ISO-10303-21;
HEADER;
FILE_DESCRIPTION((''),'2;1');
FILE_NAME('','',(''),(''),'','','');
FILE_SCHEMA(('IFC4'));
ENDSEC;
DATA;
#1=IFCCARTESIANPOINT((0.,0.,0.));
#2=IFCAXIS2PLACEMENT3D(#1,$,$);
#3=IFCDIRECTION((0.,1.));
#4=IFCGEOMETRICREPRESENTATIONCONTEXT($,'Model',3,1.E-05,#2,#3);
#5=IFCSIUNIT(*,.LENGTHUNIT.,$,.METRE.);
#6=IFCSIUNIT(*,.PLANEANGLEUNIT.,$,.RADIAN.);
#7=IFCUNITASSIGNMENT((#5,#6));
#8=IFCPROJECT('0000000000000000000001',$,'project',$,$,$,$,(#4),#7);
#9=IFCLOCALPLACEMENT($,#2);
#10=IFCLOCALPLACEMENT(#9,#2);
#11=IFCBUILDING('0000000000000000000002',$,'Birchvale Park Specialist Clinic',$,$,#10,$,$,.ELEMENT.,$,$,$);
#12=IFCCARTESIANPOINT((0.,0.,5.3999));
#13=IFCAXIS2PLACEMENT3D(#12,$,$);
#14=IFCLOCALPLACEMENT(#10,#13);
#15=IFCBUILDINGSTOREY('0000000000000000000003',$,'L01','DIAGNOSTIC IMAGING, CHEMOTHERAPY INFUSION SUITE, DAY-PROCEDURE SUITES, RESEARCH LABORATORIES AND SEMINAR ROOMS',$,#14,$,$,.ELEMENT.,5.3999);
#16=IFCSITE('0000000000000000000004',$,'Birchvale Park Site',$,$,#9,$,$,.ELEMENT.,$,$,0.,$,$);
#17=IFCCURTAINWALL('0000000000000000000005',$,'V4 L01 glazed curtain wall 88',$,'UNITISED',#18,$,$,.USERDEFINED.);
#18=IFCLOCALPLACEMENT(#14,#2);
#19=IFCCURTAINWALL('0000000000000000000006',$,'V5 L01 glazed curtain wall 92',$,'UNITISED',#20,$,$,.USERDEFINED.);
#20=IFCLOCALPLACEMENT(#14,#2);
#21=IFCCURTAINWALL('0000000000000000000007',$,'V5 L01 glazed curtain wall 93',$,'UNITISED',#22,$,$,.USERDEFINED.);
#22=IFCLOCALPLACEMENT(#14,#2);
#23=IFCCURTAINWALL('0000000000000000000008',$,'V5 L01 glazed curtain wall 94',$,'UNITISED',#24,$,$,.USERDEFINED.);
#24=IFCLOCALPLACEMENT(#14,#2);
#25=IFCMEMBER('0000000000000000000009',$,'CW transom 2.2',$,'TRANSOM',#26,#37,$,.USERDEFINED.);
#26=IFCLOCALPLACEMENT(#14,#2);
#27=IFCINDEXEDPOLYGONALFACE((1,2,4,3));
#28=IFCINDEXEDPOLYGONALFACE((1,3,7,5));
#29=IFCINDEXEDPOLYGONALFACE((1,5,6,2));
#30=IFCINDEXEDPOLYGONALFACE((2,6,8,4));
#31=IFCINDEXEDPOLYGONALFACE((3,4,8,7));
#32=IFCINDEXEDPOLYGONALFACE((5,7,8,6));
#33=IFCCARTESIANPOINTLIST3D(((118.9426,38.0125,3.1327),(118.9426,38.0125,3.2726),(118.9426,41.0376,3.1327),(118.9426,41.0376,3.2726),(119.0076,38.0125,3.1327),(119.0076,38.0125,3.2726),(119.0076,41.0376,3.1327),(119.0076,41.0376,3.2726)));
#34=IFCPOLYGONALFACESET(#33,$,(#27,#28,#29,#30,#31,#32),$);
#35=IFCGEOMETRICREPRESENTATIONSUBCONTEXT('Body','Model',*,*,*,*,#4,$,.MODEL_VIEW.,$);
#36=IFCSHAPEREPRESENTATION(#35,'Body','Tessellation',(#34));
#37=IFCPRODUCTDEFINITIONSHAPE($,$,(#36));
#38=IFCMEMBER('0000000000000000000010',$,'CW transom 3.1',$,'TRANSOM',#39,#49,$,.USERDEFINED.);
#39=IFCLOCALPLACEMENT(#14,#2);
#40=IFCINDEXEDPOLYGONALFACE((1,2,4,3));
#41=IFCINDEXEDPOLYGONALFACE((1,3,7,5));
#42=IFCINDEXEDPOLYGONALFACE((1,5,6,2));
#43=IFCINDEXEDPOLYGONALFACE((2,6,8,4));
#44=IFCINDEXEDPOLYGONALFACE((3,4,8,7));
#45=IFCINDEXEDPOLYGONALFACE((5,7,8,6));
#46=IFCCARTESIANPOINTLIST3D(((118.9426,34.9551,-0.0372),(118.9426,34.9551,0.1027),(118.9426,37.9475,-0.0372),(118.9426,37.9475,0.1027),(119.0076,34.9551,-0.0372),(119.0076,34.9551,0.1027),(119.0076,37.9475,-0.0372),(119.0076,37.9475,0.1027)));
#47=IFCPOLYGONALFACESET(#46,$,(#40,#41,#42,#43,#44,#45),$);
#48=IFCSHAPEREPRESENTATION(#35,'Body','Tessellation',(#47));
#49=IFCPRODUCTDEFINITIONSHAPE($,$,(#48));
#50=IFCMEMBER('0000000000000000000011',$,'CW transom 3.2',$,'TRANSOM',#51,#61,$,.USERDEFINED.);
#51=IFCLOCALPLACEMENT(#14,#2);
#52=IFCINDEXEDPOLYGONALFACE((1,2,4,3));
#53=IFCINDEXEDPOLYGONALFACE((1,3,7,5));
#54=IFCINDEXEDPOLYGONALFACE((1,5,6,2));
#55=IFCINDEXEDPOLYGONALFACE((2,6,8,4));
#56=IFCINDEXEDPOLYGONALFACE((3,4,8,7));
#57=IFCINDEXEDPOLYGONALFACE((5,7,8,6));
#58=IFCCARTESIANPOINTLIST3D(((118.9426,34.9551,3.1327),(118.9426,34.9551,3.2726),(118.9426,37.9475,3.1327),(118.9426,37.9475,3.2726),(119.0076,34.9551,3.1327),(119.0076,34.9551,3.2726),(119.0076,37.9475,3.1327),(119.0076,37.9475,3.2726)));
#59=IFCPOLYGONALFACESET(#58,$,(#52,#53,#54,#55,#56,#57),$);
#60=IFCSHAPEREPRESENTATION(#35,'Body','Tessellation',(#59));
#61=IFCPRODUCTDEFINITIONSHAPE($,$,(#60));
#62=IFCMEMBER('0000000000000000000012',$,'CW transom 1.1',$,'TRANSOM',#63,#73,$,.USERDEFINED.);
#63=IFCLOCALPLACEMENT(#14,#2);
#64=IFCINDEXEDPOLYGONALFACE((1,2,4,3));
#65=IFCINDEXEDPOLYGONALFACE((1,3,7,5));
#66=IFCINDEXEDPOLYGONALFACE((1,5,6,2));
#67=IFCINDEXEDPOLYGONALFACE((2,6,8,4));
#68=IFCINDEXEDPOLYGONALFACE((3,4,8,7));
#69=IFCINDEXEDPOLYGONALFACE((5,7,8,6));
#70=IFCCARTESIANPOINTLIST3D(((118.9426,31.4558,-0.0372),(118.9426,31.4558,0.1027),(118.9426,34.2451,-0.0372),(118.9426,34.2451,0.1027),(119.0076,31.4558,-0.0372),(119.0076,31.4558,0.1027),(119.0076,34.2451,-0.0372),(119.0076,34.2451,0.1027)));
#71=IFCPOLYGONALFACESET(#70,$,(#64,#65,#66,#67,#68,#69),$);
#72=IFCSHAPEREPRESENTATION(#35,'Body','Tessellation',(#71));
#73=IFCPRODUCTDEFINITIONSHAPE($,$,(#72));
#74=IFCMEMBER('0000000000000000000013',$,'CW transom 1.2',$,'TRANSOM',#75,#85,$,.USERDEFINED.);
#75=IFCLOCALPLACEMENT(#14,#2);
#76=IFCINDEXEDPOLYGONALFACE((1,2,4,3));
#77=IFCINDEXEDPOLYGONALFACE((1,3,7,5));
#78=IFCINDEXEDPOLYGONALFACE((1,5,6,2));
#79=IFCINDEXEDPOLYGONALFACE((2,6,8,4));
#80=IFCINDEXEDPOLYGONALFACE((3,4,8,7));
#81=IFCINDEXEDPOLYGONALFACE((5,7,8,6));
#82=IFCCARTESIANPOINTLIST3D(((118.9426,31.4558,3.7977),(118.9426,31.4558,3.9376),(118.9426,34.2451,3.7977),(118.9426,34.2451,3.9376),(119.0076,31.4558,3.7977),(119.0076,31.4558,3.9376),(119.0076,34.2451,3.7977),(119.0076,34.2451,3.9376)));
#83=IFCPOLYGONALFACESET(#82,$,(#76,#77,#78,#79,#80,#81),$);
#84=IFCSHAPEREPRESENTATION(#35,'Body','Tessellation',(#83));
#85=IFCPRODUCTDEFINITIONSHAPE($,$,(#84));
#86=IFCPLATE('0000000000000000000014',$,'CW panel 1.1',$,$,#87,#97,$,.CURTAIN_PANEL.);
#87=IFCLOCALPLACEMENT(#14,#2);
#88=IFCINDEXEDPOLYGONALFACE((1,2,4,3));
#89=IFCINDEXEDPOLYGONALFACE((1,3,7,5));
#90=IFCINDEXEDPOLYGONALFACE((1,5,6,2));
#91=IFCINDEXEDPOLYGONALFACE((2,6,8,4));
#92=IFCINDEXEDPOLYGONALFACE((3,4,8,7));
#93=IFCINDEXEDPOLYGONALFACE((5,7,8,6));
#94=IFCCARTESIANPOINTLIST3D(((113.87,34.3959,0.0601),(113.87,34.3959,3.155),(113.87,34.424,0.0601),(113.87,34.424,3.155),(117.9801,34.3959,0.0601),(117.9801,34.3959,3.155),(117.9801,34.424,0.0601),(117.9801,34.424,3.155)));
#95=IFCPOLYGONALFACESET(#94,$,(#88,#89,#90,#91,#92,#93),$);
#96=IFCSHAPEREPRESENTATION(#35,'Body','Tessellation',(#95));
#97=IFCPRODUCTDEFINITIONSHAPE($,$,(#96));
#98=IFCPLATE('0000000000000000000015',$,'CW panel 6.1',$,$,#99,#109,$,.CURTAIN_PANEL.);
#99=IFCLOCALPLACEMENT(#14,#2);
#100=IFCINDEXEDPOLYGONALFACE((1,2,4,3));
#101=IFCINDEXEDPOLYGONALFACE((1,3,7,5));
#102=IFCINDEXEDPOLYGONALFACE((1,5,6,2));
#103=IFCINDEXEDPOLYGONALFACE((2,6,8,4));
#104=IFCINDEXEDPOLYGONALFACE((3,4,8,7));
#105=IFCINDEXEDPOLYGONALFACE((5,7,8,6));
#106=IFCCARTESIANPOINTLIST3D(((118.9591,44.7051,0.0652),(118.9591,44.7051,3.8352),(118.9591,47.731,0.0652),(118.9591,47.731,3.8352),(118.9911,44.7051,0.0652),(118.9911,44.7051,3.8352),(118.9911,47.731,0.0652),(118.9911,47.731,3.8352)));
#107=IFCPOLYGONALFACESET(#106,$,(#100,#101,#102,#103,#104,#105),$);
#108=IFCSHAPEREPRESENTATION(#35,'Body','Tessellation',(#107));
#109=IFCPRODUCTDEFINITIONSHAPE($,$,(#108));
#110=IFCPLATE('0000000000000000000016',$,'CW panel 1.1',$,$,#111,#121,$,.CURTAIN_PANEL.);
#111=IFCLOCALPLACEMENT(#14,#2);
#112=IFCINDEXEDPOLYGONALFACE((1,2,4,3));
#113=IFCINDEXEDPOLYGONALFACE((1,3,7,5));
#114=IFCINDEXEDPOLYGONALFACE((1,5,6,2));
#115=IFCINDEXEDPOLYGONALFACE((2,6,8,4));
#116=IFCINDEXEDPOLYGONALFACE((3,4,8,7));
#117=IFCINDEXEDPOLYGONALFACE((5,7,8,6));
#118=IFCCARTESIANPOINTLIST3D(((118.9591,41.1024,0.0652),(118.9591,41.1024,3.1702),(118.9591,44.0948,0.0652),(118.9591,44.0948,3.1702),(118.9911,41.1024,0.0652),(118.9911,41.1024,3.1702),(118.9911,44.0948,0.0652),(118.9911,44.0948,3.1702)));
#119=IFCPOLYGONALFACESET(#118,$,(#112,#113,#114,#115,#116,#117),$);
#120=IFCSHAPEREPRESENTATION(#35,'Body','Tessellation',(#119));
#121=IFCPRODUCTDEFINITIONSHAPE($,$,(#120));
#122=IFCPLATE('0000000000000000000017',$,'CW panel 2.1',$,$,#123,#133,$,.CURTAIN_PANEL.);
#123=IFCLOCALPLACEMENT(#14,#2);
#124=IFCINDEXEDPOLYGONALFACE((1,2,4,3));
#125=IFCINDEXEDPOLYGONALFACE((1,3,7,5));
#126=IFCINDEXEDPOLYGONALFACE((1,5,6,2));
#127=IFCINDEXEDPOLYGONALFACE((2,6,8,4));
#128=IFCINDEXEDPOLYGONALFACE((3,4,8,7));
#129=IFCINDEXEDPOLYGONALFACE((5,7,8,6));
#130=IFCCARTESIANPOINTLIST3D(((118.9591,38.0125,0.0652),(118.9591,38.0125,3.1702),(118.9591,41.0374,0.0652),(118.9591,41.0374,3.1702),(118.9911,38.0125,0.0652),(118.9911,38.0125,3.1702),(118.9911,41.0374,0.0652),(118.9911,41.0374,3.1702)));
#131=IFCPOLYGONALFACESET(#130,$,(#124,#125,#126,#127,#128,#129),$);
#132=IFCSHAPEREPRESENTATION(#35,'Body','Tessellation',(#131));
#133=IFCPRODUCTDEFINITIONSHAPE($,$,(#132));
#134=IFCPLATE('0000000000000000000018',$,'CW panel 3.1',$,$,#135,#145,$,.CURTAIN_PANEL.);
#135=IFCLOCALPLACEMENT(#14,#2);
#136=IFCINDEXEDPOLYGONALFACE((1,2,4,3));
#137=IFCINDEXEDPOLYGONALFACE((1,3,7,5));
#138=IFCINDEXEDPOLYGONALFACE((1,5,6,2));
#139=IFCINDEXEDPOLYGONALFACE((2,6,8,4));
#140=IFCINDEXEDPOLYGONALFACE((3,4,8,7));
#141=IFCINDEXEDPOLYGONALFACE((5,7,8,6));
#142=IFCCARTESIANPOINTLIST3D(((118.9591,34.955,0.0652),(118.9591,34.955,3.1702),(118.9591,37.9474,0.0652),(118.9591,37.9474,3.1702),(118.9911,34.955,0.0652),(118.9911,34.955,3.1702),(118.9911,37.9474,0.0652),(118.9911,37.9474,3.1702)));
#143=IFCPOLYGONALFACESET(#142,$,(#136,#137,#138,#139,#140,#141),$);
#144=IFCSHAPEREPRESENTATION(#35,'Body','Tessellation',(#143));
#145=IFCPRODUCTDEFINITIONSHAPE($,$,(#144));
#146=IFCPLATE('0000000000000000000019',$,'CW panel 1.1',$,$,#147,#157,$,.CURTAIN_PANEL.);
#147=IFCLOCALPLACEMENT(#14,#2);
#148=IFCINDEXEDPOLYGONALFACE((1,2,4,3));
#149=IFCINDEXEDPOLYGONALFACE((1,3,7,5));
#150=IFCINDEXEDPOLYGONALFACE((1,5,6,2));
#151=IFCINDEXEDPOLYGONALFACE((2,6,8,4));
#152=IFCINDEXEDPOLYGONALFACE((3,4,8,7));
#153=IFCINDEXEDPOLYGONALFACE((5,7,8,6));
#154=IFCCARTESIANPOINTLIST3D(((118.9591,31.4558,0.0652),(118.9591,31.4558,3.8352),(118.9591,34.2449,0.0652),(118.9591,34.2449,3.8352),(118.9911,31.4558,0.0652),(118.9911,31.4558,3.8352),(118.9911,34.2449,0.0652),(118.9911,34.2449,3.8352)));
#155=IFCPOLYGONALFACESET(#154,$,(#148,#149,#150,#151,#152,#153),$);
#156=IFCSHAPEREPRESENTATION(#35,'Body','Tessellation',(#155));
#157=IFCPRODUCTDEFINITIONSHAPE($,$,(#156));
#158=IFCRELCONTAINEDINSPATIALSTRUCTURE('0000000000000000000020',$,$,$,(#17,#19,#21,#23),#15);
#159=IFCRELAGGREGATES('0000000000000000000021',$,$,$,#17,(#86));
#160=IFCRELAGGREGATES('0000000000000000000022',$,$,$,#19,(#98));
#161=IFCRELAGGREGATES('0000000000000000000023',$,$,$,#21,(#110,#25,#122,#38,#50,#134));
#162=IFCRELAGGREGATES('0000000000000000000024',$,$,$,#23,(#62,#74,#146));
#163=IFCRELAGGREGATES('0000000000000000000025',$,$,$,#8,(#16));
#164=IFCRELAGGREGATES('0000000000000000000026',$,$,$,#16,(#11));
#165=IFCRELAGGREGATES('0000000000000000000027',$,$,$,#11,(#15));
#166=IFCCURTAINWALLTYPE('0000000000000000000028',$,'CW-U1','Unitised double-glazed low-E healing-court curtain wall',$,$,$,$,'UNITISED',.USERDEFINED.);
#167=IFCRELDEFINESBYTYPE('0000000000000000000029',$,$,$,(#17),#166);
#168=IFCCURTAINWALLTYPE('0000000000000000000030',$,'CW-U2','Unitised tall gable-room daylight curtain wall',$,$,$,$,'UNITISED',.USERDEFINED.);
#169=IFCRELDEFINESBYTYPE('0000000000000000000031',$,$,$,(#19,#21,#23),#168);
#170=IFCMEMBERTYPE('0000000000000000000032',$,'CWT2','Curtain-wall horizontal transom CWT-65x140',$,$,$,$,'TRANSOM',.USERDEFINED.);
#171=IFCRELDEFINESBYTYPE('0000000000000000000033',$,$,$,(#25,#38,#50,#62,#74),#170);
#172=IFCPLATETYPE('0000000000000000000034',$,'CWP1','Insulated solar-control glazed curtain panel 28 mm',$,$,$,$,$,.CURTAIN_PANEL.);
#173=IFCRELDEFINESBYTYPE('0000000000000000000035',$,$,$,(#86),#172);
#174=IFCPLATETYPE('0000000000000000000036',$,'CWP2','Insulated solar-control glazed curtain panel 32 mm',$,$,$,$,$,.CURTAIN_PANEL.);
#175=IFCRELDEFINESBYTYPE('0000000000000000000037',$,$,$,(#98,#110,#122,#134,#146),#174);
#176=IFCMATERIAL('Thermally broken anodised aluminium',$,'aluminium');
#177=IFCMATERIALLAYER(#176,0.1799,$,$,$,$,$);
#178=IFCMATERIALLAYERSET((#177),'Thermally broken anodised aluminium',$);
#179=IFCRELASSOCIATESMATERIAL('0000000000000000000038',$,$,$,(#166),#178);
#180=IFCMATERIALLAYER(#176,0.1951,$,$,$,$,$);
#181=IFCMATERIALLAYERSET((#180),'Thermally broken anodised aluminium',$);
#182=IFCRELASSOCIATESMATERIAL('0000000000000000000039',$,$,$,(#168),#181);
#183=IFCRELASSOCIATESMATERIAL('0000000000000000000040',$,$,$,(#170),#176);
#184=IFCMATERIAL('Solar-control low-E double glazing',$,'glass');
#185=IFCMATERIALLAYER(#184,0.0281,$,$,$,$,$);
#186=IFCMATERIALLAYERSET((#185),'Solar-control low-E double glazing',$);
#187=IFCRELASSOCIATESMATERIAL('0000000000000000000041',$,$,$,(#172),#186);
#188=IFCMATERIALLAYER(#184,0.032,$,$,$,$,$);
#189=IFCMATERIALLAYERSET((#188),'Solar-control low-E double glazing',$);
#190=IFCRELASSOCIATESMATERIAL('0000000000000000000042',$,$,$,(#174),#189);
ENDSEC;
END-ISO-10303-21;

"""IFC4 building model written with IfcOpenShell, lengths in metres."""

from ifc_helpers import new_model, si_unit, direction, frame, origin, origin_2d, place, context, subcontext, project, spatial, rectangle, extrude, material, layer, layer_set, material_profile, profile_set, type_object, element, aggregate, save


model = new_model("IFC4")

# Units and contexts
model_context = context("Model", 3, precision=1e-05, world=origin(), true_north=direction((0.0, 1.0)))
body_context = subcontext(model_context, "Body", "Model", "MODEL_VIEW")
ifc_project = project(units=[si_unit("LENGTHUNIT", "METRE"), si_unit("PLANEANGLEUNIT", "RADIAN")], contexts=[model_context])

# Site, building, storey
site_placement = place(None, origin())
site = spatial("IfcSite", under=ifc_project, at=site_placement, Name="Birchvale Park Site", CompositionType="ELEMENT", RefElevation=0.0)
building_placement = place(site_placement, origin())
building = spatial("IfcBuilding", under=site, at=building_placement, Name="Birchvale Park Specialist Clinic", CompositionType="ELEMENT")
storey_placement = place(building_placement, frame((0.0, 0.0, 5.3999)))
storey = spatial("IfcBuildingStorey", under=building, at=storey_placement, Name="L01", Description="DIAGNOSTIC IMAGING, CHEMOTHERAPY INFUSION SUITE, DAY-PROCEDURE SUITES, RESEARCH LABORATORIES AND SEMINAR ROOMS", CompositionType="ELEMENT", Elevation=5.3999)

# Curtain walls
ifc_material_1 = material(Name="Thermally broken anodised aluminium", Category="aluminium")
ifc_layer_1 = layer(ifc_material_1, 0.1799)
ifc_layer_set_1 = layer_set([ifc_layer_1], Name="Thermally broken anodised aluminium")
curtain_wall_type_1 = type_object("IfcCurtainWallType", Name="CW-U1", Description="Unitised double-glazed low-E healing-court curtain wall", ElementType="UNITISED", PredefinedType="USERDEFINED", material=ifc_layer_set_1)
curtain_wall_1_placement = place(storey_placement, origin())
curtain_wall_1 = element("IfcCurtainWall", 1, at=curtain_wall_1_placement, inside=storey, type_object=curtain_wall_type_1, Name="V4 L01 glazed curtain wall 88", ObjectType="UNITISED", PredefinedType="USERDEFINED")
ifc_layer_2 = layer(ifc_material_1, 0.1951)
ifc_layer_set_2 = layer_set([ifc_layer_2], Name="Thermally broken anodised aluminium")
curtain_wall_type_2 = type_object("IfcCurtainWallType", Name="CW-U2", Description="Unitised tall gable-room daylight curtain wall", ElementType="UNITISED", PredefinedType="USERDEFINED", material=ifc_layer_set_2)
curtain_wall_2_placement = place(storey_placement, origin())
curtain_wall_2 = element("IfcCurtainWall", 2, at=curtain_wall_2_placement, inside=storey, type_object=curtain_wall_type_2, Name="V5 L01 glazed curtain wall 92", ObjectType="UNITISED", PredefinedType="USERDEFINED")

# Curtain wall
curtain_wall_3_placement = place(storey_placement, origin())
curtain_wall_3 = element("IfcCurtainWall", 3, at=curtain_wall_3_placement, inside=storey, type_object=curtain_wall_type_2, Name="V5 L01 glazed curtain wall 93", ObjectType="UNITISED", PredefinedType="USERDEFINED")

# Curtain wall
curtain_wall_4_placement = place(storey_placement, origin())
curtain_wall_4 = element("IfcCurtainWall", 4, at=curtain_wall_4_placement, inside=storey, type_object=curtain_wall_type_2, Name="V5 L01 glazed curtain wall 94", ObjectType="UNITISED", PredefinedType="USERDEFINED")

# Members
ifc_material_profile_1 = material_profile(ifc_material_1, rectangle(XDim=0.0649, YDim=0.1399, at=origin_2d()), Name="CWT-65x140")
ifc_profile_set_1 = profile_set([ifc_material_profile_1], Name="Thermally broken anodised aluminium")
member_type_1 = type_object("IfcMemberType", Name="CWT2", Description="Curtain-wall horizontal transom CWT-65x140", ElementType="TRANSOM", PredefinedType="USERDEFINED", material=ifc_profile_set_1)
member_1_placement = place(storey_placement, frame((118.9751, 41.0376, 3.2026), z_axis=(0.0, -1.0, 0.0), x_axis=(1.0, 0.0, 0.0)))
member_1 = element("IfcMember", 5, at=member_1_placement, type_object=member_type_1, Name="CW transom 2.2", ObjectType="TRANSOM", PredefinedType="USERDEFINED", context=body_context, shape_type="SweptSolid", body=[
    extrude(rectangle(XDim=0.0649, YDim=0.1399, at=origin_2d()), origin(), (0.0, 0.0, 1.0), 3.0251),
])
member_2_placement = place(storey_placement, frame((118.9751, 37.9475, 0.0327), z_axis=(0.0, -1.0, 0.0), x_axis=(1.0, 0.0, 0.0)))
member_2 = element("IfcMember", 6, at=member_2_placement, type_object=member_type_1, Name="CW transom 3.1", ObjectType="TRANSOM", PredefinedType="USERDEFINED", context=body_context, shape_type="SweptSolid", body=[
    extrude(rectangle(XDim=0.0649, YDim=0.1399, at=origin_2d()), origin(), (0.0, 0.0, 1.0), 2.9924),
])
member_3_placement = place(storey_placement, frame((118.9751, 37.9475, 3.2026), z_axis=(0.0, -1.0, 0.0), x_axis=(1.0, 0.0, 0.0)))
member_3 = element("IfcMember", 7, at=member_3_placement, type_object=member_type_1, Name="CW transom 3.2", ObjectType="TRANSOM", PredefinedType="USERDEFINED", context=body_context, shape_type="SweptSolid", body=[
    extrude(rectangle(XDim=0.0649, YDim=0.1399, at=origin_2d()), origin(), (0.0, 0.0, 1.0), 2.9924),
])
member_4_placement = place(storey_placement, frame((118.9751, 34.2451, 0.0327), z_axis=(0.0, -1.0, 0.0), x_axis=(1.0, 0.0, 0.0)))
member_4 = element("IfcMember", 8, at=member_4_placement, type_object=member_type_1, Name="CW transom 1.1", ObjectType="TRANSOM", PredefinedType="USERDEFINED", context=body_context, shape_type="SweptSolid", body=[
    extrude(rectangle(XDim=0.0649, YDim=0.1399, at=origin_2d()), origin(), (0.0, 0.0, 1.0), 2.7893),
])
member_5_placement = place(storey_placement, frame((118.9751, 34.2451, 3.8677), z_axis=(0.0, -1.0, 0.0), x_axis=(1.0, 0.0, 0.0)))
member_5 = element("IfcMember", 9, at=member_5_placement, type_object=member_type_1, Name="CW transom 1.2", ObjectType="TRANSOM", PredefinedType="USERDEFINED", context=body_context, shape_type="SweptSolid", body=[
    extrude(rectangle(XDim=0.0649, YDim=0.1399, at=origin_2d()), origin(), (0.0, 0.0, 1.0), 2.7893),
])

# Plates
ifc_material_2 = material(Name="Solar-control low-E double glazing", Category="glass")
ifc_layer_3 = layer(ifc_material_2, 0.0281)
ifc_layer_set_3 = layer_set([ifc_layer_3], Name="Solar-control low-E double glazing")
plate_type_1 = type_object("IfcPlateType", Name="CWP1", Description="Insulated solar-control glazed curtain panel 28 mm", PredefinedType="CURTAIN_PANEL", material=ifc_layer_set_3)
plate_1_placement = place(storey_placement, frame((115.925, 34.4099, 0.0601), z_axis=(0.0, 0.0, 1.0), x_axis=(-1.0, 0.0, 0.0)))
plate_1 = element("IfcPlate", 10, at=plate_1_placement, type_object=plate_type_1, Name="CW panel 1.1", PredefinedType="CURTAIN_PANEL", context=body_context, shape_type="SweptSolid", body=[
    extrude(rectangle(XDim=4.1101, YDim=0.0281, at=origin_2d()), origin(), (0.0, 0.0, 1.0), 3.095),
])
aggregate(curtain_wall_1, [plate_1])
ifc_layer_4 = layer(ifc_material_2, 0.032)
ifc_layer_set_4 = layer_set([ifc_layer_4], Name="Solar-control low-E double glazing")
plate_type_2 = type_object("IfcPlateType", Name="CWP2", Description="Insulated solar-control glazed curtain panel 32 mm", PredefinedType="CURTAIN_PANEL", material=ifc_layer_set_4)
plate_2_placement = place(storey_placement, frame((118.9751, 46.218, 0.0652), z_axis=(0.0, 0.0, 1.0), x_axis=(0.0, -1.0, 0.0)))
plate_2 = element("IfcPlate", 11, at=plate_2_placement, type_object=plate_type_2, Name="CW panel 6.1", PredefinedType="CURTAIN_PANEL", context=body_context, shape_type="SweptSolid", body=[
    extrude(rectangle(XDim=3.0259, YDim=0.032, at=origin_2d()), origin(), (0.0, 0.0, 1.0), 3.77),
])
aggregate(curtain_wall_2, [plate_2])
plate_3_placement = place(storey_placement, frame((118.9751, 42.5986, 0.0652), z_axis=(0.0, 0.0, 1.0), x_axis=(0.0, -1.0, 0.0)))
plate_3 = element("IfcPlate", 12, at=plate_3_placement, type_object=plate_type_2, Name="CW panel 1.1", PredefinedType="CURTAIN_PANEL", context=body_context, shape_type="SweptSolid", body=[
    extrude(rectangle(XDim=2.9924, YDim=0.032, at=origin_2d()), origin(), (0.0, 0.0, 1.0), 3.105),
])
plate_4_placement = place(storey_placement, frame((118.9751, 39.5249, 0.0652), z_axis=(0.0, 0.0, 1.0), x_axis=(0.0, -1.0, 0.0)))
plate_4 = element("IfcPlate", 13, at=plate_4_placement, type_object=plate_type_2, Name="CW panel 2.1", PredefinedType="CURTAIN_PANEL", context=body_context, shape_type="SweptSolid", body=[
    extrude(rectangle(XDim=3.0249, YDim=0.032, at=origin_2d()), origin(), (0.0, 0.0, 1.0), 3.105),
])
plate_5_placement = place(storey_placement, frame((118.9751, 36.4512, 0.0652), z_axis=(0.0, 0.0, 1.0), x_axis=(0.0, -1.0, 0.0)))
plate_5 = element("IfcPlate", 14, at=plate_5_placement, type_object=plate_type_2, Name="CW panel 3.1", PredefinedType="CURTAIN_PANEL", context=body_context, shape_type="SweptSolid", body=[
    extrude(rectangle(XDim=2.9924, YDim=0.032, at=origin_2d()), origin(), (0.0, 0.0, 1.0), 3.105),
])
aggregate(curtain_wall_3, [plate_3, member_1, plate_4, member_2, member_3, plate_5])
plate_6_placement = place(storey_placement, frame((118.9751, 32.8503, 0.0652), z_axis=(0.0, 0.0, 1.0), x_axis=(0.0, -1.0, 0.0)))
plate_6 = element("IfcPlate", 15, at=plate_6_placement, type_object=plate_type_2, Name="CW panel 1.1", PredefinedType="CURTAIN_PANEL", context=body_context, shape_type="SweptSolid", body=[
    extrude(rectangle(XDim=2.7891, YDim=0.032, at=origin_2d()), origin(), (0.0, 0.0, 1.0), 3.77),
])
aggregate(curtain_wall_4, [member_4, member_5, plate_6])

save(model, "model.ifc")
